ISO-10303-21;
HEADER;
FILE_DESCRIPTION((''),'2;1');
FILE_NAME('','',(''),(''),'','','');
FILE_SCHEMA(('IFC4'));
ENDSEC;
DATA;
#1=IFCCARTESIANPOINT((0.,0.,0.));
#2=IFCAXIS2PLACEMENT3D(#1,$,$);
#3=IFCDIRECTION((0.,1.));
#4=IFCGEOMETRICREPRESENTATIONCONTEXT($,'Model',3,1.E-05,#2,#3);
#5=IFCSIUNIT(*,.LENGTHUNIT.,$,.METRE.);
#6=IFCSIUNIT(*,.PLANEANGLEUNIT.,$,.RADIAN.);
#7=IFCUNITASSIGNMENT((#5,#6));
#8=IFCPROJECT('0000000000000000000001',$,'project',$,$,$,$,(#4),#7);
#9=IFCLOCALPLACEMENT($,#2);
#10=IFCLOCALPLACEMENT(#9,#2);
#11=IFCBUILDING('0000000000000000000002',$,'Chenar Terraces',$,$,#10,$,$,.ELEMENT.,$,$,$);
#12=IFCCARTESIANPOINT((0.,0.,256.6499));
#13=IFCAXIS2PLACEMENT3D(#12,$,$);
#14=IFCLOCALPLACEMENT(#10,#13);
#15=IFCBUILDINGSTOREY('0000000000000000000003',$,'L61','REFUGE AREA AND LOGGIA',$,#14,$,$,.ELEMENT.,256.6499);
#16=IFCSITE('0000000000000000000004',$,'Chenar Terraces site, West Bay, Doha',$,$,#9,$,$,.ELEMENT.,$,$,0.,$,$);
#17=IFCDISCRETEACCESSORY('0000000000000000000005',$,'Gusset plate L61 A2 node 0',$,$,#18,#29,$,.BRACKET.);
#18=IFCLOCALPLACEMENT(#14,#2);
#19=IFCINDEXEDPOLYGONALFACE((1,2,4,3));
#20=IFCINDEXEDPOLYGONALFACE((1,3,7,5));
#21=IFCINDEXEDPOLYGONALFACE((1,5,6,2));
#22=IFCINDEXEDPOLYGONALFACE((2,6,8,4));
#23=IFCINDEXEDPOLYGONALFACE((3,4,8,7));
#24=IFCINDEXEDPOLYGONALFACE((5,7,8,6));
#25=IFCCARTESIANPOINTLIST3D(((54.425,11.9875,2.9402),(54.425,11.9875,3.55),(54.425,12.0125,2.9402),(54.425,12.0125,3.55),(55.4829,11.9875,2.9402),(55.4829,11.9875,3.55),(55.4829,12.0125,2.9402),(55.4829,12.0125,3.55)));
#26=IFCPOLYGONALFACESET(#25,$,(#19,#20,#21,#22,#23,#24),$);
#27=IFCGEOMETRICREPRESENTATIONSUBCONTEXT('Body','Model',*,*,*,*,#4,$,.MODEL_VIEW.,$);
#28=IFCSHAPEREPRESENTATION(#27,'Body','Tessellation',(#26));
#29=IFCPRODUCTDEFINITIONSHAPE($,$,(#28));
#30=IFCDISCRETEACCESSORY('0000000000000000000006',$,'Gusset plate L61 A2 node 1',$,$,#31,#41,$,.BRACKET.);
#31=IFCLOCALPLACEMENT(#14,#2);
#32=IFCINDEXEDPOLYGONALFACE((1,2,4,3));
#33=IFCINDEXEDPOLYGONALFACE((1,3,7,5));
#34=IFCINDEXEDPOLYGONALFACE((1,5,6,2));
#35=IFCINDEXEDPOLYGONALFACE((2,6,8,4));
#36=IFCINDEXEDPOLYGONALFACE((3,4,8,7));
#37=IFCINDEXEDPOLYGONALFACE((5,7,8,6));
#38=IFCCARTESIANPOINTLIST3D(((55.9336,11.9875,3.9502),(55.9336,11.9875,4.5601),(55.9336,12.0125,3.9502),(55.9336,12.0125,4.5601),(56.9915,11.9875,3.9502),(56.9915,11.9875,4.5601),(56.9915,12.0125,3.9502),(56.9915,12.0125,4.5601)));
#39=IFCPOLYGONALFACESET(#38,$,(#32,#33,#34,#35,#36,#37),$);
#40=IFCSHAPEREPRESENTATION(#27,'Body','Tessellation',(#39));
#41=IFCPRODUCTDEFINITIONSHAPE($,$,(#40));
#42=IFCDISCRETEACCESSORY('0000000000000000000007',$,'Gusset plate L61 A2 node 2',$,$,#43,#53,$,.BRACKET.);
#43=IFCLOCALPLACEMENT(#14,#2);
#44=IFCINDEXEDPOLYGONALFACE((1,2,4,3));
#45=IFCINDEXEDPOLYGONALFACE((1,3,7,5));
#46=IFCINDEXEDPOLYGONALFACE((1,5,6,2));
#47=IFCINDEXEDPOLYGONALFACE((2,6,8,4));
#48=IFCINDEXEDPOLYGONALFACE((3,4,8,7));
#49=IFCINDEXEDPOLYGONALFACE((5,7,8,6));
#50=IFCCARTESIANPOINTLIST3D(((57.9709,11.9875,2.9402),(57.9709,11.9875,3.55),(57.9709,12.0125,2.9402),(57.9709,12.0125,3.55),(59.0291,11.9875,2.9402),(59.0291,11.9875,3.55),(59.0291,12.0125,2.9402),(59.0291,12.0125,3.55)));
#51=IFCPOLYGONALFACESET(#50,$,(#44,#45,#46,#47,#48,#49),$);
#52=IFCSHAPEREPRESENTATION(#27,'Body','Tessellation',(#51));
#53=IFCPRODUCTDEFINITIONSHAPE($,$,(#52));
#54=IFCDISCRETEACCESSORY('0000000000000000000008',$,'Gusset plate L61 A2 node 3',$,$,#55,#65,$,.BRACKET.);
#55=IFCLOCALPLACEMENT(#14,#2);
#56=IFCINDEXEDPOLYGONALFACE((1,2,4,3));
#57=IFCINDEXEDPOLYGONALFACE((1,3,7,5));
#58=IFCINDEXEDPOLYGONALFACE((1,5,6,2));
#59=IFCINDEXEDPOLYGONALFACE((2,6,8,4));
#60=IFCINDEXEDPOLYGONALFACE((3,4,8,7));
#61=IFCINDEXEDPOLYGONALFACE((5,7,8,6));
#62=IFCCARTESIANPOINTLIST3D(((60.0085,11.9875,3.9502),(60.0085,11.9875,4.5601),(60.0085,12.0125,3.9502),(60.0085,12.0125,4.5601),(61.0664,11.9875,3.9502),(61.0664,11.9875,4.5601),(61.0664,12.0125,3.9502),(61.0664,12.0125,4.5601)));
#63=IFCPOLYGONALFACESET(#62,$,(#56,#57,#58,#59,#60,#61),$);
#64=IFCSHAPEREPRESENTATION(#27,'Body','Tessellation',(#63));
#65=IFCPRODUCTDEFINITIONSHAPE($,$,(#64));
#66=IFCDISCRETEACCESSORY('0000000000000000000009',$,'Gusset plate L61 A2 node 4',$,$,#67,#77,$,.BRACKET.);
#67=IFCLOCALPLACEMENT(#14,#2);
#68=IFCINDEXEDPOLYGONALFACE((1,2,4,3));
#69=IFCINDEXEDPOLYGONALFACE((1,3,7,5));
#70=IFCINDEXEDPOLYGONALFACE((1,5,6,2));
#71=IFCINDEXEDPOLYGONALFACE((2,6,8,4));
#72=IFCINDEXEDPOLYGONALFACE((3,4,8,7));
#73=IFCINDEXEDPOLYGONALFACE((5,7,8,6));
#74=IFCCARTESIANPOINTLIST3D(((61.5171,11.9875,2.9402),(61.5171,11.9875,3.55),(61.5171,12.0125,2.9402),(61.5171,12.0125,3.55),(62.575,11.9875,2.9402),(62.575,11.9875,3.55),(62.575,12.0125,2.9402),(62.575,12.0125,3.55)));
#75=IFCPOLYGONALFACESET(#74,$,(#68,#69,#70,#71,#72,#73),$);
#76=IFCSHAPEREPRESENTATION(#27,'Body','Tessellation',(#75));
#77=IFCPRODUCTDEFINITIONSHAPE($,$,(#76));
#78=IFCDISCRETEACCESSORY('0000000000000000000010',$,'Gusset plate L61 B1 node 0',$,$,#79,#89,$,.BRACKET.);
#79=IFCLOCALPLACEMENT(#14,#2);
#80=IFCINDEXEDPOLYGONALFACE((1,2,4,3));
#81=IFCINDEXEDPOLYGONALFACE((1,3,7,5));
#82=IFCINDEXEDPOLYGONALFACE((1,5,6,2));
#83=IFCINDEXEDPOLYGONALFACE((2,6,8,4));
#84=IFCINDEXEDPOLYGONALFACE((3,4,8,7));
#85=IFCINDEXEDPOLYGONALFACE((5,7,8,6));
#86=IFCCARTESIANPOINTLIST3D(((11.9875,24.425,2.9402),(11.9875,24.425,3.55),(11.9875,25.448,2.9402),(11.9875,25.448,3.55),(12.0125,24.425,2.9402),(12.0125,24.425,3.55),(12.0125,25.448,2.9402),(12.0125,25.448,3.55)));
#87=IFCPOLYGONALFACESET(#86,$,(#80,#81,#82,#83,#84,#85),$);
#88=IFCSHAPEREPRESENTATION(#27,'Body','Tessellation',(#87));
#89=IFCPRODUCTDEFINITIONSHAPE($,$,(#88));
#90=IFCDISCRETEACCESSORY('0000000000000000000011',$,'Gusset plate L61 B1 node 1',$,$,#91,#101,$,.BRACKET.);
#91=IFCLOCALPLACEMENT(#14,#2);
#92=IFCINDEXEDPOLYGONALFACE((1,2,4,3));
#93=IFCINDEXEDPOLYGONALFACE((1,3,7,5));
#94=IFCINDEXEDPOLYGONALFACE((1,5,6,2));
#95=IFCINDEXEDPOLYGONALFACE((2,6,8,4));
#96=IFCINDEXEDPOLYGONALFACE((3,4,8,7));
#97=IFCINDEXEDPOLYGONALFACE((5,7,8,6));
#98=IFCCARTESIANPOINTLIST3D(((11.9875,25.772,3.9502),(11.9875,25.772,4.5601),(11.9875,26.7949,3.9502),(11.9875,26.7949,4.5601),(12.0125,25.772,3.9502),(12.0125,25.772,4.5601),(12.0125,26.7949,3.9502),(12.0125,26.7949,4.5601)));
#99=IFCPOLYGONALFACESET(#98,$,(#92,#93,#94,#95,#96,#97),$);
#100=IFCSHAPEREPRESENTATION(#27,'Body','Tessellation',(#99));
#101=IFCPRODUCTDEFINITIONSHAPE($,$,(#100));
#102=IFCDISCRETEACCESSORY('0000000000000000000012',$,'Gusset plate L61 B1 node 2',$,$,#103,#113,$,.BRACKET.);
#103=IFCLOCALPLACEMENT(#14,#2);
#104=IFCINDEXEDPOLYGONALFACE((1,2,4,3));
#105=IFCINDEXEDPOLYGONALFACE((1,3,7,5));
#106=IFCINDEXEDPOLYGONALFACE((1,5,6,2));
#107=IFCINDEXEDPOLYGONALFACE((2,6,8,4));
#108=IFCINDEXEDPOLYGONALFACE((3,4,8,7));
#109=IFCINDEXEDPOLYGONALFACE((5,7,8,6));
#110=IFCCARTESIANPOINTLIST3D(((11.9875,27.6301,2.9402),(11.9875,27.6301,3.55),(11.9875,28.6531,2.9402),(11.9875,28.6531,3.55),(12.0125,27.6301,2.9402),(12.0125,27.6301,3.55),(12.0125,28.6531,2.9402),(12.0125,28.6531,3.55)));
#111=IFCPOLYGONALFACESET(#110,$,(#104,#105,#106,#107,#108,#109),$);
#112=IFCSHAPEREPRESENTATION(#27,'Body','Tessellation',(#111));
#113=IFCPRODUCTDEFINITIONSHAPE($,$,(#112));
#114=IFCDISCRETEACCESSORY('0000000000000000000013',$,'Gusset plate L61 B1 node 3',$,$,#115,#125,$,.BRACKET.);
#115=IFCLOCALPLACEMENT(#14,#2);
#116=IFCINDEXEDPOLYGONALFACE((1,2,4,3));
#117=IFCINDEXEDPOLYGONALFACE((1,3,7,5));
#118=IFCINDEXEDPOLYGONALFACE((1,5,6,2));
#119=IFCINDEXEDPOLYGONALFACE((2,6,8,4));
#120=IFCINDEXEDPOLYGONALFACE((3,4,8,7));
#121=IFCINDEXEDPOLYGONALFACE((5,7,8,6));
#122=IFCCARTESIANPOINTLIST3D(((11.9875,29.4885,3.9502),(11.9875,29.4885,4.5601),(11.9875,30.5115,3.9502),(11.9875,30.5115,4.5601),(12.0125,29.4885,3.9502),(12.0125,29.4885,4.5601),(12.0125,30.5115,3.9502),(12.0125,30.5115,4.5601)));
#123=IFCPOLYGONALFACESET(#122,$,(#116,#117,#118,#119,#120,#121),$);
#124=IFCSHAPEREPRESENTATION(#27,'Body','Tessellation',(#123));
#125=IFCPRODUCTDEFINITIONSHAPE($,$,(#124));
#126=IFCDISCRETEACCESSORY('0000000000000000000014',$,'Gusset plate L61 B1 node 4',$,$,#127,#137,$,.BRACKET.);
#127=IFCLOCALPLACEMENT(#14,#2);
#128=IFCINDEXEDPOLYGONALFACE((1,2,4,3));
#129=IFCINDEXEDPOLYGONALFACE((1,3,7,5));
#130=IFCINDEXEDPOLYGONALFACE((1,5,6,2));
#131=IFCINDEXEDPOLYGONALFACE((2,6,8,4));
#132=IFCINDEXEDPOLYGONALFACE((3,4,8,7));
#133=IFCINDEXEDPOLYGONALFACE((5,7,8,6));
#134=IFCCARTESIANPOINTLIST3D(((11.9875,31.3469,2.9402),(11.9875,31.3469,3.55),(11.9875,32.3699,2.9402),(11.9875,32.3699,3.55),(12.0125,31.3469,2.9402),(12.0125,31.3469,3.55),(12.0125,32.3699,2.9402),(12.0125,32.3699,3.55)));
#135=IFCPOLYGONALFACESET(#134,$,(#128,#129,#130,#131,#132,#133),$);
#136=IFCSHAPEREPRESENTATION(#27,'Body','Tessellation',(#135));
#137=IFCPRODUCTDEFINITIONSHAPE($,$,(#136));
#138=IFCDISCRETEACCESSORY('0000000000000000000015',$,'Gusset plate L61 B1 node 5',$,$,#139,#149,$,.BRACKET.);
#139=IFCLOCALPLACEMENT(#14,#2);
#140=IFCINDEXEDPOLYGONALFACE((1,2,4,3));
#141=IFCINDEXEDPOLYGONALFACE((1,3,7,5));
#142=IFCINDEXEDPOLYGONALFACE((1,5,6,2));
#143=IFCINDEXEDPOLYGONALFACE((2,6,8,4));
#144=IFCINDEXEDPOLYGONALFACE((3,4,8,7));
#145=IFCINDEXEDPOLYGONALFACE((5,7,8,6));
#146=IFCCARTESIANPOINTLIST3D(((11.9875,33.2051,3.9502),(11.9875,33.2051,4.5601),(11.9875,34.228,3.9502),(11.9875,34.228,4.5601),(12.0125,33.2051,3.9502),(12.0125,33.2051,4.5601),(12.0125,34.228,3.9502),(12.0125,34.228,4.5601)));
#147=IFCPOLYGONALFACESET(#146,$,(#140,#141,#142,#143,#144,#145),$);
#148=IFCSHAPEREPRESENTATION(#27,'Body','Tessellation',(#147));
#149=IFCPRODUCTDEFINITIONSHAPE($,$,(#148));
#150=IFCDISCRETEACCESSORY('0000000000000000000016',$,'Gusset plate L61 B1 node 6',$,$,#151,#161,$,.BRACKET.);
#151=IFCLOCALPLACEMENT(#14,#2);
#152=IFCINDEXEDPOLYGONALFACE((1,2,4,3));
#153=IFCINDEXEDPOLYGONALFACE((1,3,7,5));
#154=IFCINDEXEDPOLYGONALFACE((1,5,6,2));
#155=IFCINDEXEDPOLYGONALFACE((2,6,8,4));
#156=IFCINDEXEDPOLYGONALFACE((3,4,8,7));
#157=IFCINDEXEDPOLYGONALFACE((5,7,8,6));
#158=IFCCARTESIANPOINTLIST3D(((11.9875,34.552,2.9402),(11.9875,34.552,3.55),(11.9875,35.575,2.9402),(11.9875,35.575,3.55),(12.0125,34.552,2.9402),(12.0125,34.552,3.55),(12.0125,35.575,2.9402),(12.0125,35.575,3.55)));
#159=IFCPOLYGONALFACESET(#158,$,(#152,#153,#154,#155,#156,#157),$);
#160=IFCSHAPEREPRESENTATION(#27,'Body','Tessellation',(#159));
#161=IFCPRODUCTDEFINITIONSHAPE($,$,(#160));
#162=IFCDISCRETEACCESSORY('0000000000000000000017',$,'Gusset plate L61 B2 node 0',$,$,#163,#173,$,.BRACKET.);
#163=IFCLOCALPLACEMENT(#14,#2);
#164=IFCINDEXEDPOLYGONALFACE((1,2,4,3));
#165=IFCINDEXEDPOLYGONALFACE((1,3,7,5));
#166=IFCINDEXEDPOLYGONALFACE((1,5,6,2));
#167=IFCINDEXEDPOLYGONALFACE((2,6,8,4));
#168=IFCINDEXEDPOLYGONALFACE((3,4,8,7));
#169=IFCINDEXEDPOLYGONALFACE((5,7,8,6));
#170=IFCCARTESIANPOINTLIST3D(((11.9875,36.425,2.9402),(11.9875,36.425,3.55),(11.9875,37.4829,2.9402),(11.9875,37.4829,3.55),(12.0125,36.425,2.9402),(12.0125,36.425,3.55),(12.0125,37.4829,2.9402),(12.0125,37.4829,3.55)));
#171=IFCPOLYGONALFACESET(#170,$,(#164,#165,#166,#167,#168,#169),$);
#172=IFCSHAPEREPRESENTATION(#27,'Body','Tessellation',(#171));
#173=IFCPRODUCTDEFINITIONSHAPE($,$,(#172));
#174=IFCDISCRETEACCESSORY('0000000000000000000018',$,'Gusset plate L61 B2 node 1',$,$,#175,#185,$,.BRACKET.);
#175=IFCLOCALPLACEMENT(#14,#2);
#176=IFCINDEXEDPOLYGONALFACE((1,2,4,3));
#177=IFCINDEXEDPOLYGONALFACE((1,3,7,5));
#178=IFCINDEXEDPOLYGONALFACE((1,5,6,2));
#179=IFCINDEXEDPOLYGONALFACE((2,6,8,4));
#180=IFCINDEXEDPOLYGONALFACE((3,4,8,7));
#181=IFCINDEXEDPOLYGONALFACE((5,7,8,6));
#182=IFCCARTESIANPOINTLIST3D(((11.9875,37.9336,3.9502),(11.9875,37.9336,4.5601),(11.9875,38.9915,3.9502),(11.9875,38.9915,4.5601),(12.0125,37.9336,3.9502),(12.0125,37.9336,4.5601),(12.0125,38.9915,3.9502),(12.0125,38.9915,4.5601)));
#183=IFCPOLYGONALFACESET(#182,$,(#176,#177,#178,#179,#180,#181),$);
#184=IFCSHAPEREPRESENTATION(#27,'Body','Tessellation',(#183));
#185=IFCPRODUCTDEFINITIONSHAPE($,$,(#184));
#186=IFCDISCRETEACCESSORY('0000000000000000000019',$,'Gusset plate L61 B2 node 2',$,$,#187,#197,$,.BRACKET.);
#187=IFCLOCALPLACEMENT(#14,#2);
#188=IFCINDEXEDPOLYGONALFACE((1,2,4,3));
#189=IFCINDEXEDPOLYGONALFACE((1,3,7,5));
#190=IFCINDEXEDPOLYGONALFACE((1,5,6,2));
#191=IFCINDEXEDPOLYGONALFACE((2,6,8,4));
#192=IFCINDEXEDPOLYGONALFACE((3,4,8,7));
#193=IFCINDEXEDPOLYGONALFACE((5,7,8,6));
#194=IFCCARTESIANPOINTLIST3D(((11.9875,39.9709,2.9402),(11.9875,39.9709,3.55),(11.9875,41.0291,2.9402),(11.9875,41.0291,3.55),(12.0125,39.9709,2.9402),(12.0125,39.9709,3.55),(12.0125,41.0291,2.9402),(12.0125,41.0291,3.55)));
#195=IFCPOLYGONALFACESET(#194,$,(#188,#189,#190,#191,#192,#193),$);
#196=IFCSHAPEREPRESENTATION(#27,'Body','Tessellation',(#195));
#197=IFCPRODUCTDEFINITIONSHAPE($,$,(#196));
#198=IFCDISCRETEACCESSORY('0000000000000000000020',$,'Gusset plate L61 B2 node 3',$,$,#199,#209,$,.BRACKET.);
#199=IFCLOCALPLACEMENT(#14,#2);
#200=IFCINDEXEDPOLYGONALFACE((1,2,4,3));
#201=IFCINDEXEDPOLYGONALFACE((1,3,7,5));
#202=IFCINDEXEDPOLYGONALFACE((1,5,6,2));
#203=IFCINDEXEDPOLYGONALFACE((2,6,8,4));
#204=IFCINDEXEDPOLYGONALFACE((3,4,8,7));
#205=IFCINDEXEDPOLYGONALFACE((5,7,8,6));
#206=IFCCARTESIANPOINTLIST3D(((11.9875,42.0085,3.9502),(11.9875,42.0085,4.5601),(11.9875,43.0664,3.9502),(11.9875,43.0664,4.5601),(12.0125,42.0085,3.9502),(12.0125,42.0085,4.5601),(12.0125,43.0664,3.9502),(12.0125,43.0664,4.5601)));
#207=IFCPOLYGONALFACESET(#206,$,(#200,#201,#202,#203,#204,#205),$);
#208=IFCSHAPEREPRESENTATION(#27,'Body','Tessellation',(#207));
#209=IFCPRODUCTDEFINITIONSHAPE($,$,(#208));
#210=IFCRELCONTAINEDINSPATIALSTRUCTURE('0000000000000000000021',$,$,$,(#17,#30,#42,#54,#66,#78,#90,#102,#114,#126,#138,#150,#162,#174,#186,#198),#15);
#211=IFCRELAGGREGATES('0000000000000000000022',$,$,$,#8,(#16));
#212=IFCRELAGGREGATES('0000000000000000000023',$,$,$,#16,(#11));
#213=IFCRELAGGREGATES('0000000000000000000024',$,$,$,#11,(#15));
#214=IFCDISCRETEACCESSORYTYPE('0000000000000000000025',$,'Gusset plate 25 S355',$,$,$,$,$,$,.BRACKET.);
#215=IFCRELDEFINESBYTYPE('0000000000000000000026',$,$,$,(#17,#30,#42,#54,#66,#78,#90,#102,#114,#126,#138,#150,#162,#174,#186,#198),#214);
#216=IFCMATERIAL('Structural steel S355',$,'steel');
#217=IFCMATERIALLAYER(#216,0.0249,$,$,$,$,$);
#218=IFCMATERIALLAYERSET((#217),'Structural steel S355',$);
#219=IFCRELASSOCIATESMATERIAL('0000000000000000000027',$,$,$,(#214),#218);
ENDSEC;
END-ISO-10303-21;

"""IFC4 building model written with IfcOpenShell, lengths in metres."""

from ifc_helpers import new_model, si_unit, direction, frame, origin, place, context, subcontext, project, spatial, polyline, outline, extrude, material, layer, layer_set, type_object, element, save


model = new_model("IFC4")

# Units and contexts
model_context = context("Model", 3, precision=1e-05, world=origin(), true_north=direction((0.0, 1.0)))
body_context = subcontext(model_context, "Body", "Model", "MODEL_VIEW")
ifc_project = project(units=[si_unit("LENGTHUNIT", "METRE"), si_unit("PLANEANGLEUNIT", "RADIAN")], contexts=[model_context])

# Site, building, storey
site_placement = place(None, origin())
site = spatial("IfcSite", under=ifc_project, at=site_placement, Name="Chenar Terraces site, West Bay, Doha", CompositionType="ELEMENT", RefElevation=0.0)
building_placement = place(site_placement, origin())
building = spatial("IfcBuilding", under=site, at=building_placement, Name="Chenar Terraces", CompositionType="ELEMENT")
storey_placement = place(building_placement, frame((0.0, 0.0, 256.6499)))
storey = spatial("IfcBuildingStorey", under=building, at=storey_placement, Name="L61", Description="REFUGE AREA AND LOGGIA", CompositionType="ELEMENT", Elevation=256.6499)

# Discrete accessories
ifc_material_1 = material(Name="Structural steel S355", Category="steel")
ifc_layer_1 = layer(ifc_material_1, 0.0249)
ifc_layer_set_1 = layer_set([ifc_layer_1], Name="Structural steel S355")
discrete_accessory_type = type_object("IfcDiscreteAccessoryType", Name="Gusset plate 25 S355", PredefinedType="BRACKET", material=ifc_layer_set_1)
placement_1 = place(storey_placement, frame((0.0, 0.0, 2.9402)))
placement_2 = place(storey_placement, frame((0.0, 0.0, 3.9502)))
element("IfcDiscreteAccessory", 1, at=placement_1, inside=storey, type_object=discrete_accessory_type, Name="Gusset plate L61 A2 node 0", PredefinedType="BRACKET", context=body_context, shape_type="SweptSolid", body=[
    extrude(outline(polyline([(54.425, 11.9875), (55.4829, 11.9875), (55.4829, 12.0125), (54.425, 12.0125), (54.425, 11.9875)])), origin(), (0.0, 0.0, 1.0), 0.6099),
])
element("IfcDiscreteAccessory", 2, at=placement_2, inside=storey, type_object=discrete_accessory_type, Name="Gusset plate L61 A2 node 1", PredefinedType="BRACKET", context=body_context, shape_type="SweptSolid", body=[
    extrude(outline(polyline([(55.9336, 11.9875), (56.9915, 11.9875), (56.9915, 12.0125), (55.9336, 12.0125), (55.9336, 11.9875)])), origin(), (0.0, 0.0, 1.0), 0.6099),
])
element("IfcDiscreteAccessory", 3, at=placement_1, inside=storey, type_object=discrete_accessory_type, Name="Gusset plate L61 A2 node 2", PredefinedType="BRACKET", context=body_context, shape_type="SweptSolid", body=[
    extrude(outline(polyline([(57.9709, 11.9875), (59.0291, 11.9875), (59.0291, 12.0125), (57.9709, 12.0125), (57.9709, 11.9875)])), origin(), (0.0, 0.0, 1.0), 0.6099),
])
element("IfcDiscreteAccessory", 4, at=placement_2, inside=storey, type_object=discrete_accessory_type, Name="Gusset plate L61 A2 node 3", PredefinedType="BRACKET", context=body_context, shape_type="SweptSolid", body=[
    extrude(outline(polyline([(60.0085, 11.9875), (61.0664, 11.9875), (61.0664, 12.0125), (60.0085, 12.0125), (60.0085, 11.9875)])), origin(), (0.0, 0.0, 1.0), 0.6099),
])
element("IfcDiscreteAccessory", 5, at=placement_1, inside=storey, type_object=discrete_accessory_type, Name="Gusset plate L61 A2 node 4", PredefinedType="BRACKET", context=body_context, shape_type="SweptSolid", body=[
    extrude(outline(polyline([(61.5171, 11.9875), (62.575, 11.9875), (62.575, 12.0125), (61.5171, 12.0125), (61.5171, 11.9875)])), origin(), (0.0, 0.0, 1.0), 0.6099),
])
element("IfcDiscreteAccessory", 6, at=placement_1, inside=storey, type_object=discrete_accessory_type, Name="Gusset plate L61 B1 node 0", PredefinedType="BRACKET", context=body_context, shape_type="SweptSolid", body=[
    extrude(outline(polyline([(12.0125, 24.425), (12.0125, 25.448), (11.9875, 25.448), (11.9875, 24.425), (12.0125, 24.425)])), origin(), (0.0, 0.0, 1.0), 0.6099),
])
element("IfcDiscreteAccessory", 7, at=placement_2, inside=storey, type_object=discrete_accessory_type, Name="Gusset plate L61 B1 node 1", PredefinedType="BRACKET", context=body_context, shape_type="SweptSolid", body=[
    extrude(outline(polyline([(12.0125, 25.772), (12.0125, 26.7949), (11.9875, 26.7949), (11.9875, 25.772), (12.0125, 25.772)])), origin(), (0.0, 0.0, 1.0), 0.6099),
])
element("IfcDiscreteAccessory", 8, at=placement_1, inside=storey, type_object=discrete_accessory_type, Name="Gusset plate L61 B1 node 2", PredefinedType="BRACKET", context=body_context, shape_type="SweptSolid", body=[
    extrude(outline(polyline([(12.0125, 27.6301), (12.0125, 28.6531), (11.9875, 28.6531), (11.9875, 27.6301), (12.0125, 27.6301)])), origin(), (0.0, 0.0, 1.0), 0.6099),
])
element("IfcDiscreteAccessory", 9, at=placement_2, inside=storey, type_object=discrete_accessory_type, Name="Gusset plate L61 B1 node 3", PredefinedType="BRACKET", context=body_context, shape_type="SweptSolid", body=[
    extrude(outline(polyline([(12.0125, 29.4885), (12.0125, 30.5115), (11.9875, 30.5115), (11.9875, 29.4885), (12.0125, 29.4885)])), origin(), (0.0, 0.0, 1.0), 0.6099),
])
element("IfcDiscreteAccessory", 10, at=placement_1, inside=storey, type_object=discrete_accessory_type, Name="Gusset plate L61 B1 node 4", PredefinedType="BRACKET", context=body_context, shape_type="SweptSolid", body=[
    extrude(outline(polyline([(12.0125, 31.3469), (12.0125, 32.3699), (11.9875, 32.3699), (11.9875, 31.3469), (12.0125, 31.3469)])), origin(), (0.0, 0.0, 1.0), 0.6099),
])
element("IfcDiscreteAccessory", 11, at=placement_2, inside=storey, type_object=discrete_accessory_type, Name="Gusset plate L61 B1 node 5", PredefinedType="BRACKET", context=body_context, shape_type="SweptSolid", body=[
    extrude(outline(polyline([(12.0125, 33.2051), (12.0125, 34.228), (11.9875, 34.228), (11.9875, 33.2051), (12.0125, 33.2051)])), origin(), (0.0, 0.0, 1.0), 0.6099),
])
element("IfcDiscreteAccessory", 12, at=placement_1, inside=storey, type_object=discrete_accessory_type, Name="Gusset plate L61 B1 node 6", PredefinedType="BRACKET", context=body_context, shape_type="SweptSolid", body=[
    extrude(outline(polyline([(12.0125, 34.552), (12.0125, 35.575), (11.9875, 35.575), (11.9875, 34.552), (12.0125, 34.552)])), origin(), (0.0, 0.0, 1.0), 0.6099),
])
element("IfcDiscreteAccessory", 13, at=placement_1, inside=storey, type_object=discrete_accessory_type, Name="Gusset plate L61 B2 node 0", PredefinedType="BRACKET", context=body_context, shape_type="SweptSolid", body=[
    extrude(outline(polyline([(12.0125, 36.425), (12.0125, 37.4829), (11.9875, 37.4829), (11.9875, 36.425), (12.0125, 36.425)])), origin(), (0.0, 0.0, 1.0), 0.6099),
])
element("IfcDiscreteAccessory", 14, at=placement_2, inside=storey, type_object=discrete_accessory_type, Name="Gusset plate L61 B2 node 1", PredefinedType="BRACKET", context=body_context, shape_type="SweptSolid", body=[
    extrude(outline(polyline([(12.0125, 37.9336), (12.0125, 38.9915), (11.9875, 38.9915), (11.9875, 37.9336), (12.0125, 37.9336)])), origin(), (0.0, 0.0, 1.0), 0.6099),
])
element("IfcDiscreteAccessory", 15, at=placement_1, inside=storey, type_object=discrete_accessory_type, Name="Gusset plate L61 B2 node 2", PredefinedType="BRACKET", context=body_context, shape_type="SweptSolid", body=[
    extrude(outline(polyline([(12.0125, 39.9709), (12.0125, 41.0291), (11.9875, 41.0291), (11.9875, 39.9709), (12.0125, 39.9709)])), origin(), (0.0, 0.0, 1.0), 0.6099),
])
element("IfcDiscreteAccessory", 16, at=placement_2, inside=storey, type_object=discrete_accessory_type, Name="Gusset plate L61 B2 node 3", PredefinedType="BRACKET", context=body_context, shape_type="SweptSolid", body=[
    extrude(outline(polyline([(12.0125, 42.0085), (12.0125, 43.0664), (11.9875, 43.0664), (11.9875, 42.0085), (12.0125, 42.0085)])), origin(), (0.0, 0.0, 1.0), 0.6099),
])

save(model, "model.ifc")
